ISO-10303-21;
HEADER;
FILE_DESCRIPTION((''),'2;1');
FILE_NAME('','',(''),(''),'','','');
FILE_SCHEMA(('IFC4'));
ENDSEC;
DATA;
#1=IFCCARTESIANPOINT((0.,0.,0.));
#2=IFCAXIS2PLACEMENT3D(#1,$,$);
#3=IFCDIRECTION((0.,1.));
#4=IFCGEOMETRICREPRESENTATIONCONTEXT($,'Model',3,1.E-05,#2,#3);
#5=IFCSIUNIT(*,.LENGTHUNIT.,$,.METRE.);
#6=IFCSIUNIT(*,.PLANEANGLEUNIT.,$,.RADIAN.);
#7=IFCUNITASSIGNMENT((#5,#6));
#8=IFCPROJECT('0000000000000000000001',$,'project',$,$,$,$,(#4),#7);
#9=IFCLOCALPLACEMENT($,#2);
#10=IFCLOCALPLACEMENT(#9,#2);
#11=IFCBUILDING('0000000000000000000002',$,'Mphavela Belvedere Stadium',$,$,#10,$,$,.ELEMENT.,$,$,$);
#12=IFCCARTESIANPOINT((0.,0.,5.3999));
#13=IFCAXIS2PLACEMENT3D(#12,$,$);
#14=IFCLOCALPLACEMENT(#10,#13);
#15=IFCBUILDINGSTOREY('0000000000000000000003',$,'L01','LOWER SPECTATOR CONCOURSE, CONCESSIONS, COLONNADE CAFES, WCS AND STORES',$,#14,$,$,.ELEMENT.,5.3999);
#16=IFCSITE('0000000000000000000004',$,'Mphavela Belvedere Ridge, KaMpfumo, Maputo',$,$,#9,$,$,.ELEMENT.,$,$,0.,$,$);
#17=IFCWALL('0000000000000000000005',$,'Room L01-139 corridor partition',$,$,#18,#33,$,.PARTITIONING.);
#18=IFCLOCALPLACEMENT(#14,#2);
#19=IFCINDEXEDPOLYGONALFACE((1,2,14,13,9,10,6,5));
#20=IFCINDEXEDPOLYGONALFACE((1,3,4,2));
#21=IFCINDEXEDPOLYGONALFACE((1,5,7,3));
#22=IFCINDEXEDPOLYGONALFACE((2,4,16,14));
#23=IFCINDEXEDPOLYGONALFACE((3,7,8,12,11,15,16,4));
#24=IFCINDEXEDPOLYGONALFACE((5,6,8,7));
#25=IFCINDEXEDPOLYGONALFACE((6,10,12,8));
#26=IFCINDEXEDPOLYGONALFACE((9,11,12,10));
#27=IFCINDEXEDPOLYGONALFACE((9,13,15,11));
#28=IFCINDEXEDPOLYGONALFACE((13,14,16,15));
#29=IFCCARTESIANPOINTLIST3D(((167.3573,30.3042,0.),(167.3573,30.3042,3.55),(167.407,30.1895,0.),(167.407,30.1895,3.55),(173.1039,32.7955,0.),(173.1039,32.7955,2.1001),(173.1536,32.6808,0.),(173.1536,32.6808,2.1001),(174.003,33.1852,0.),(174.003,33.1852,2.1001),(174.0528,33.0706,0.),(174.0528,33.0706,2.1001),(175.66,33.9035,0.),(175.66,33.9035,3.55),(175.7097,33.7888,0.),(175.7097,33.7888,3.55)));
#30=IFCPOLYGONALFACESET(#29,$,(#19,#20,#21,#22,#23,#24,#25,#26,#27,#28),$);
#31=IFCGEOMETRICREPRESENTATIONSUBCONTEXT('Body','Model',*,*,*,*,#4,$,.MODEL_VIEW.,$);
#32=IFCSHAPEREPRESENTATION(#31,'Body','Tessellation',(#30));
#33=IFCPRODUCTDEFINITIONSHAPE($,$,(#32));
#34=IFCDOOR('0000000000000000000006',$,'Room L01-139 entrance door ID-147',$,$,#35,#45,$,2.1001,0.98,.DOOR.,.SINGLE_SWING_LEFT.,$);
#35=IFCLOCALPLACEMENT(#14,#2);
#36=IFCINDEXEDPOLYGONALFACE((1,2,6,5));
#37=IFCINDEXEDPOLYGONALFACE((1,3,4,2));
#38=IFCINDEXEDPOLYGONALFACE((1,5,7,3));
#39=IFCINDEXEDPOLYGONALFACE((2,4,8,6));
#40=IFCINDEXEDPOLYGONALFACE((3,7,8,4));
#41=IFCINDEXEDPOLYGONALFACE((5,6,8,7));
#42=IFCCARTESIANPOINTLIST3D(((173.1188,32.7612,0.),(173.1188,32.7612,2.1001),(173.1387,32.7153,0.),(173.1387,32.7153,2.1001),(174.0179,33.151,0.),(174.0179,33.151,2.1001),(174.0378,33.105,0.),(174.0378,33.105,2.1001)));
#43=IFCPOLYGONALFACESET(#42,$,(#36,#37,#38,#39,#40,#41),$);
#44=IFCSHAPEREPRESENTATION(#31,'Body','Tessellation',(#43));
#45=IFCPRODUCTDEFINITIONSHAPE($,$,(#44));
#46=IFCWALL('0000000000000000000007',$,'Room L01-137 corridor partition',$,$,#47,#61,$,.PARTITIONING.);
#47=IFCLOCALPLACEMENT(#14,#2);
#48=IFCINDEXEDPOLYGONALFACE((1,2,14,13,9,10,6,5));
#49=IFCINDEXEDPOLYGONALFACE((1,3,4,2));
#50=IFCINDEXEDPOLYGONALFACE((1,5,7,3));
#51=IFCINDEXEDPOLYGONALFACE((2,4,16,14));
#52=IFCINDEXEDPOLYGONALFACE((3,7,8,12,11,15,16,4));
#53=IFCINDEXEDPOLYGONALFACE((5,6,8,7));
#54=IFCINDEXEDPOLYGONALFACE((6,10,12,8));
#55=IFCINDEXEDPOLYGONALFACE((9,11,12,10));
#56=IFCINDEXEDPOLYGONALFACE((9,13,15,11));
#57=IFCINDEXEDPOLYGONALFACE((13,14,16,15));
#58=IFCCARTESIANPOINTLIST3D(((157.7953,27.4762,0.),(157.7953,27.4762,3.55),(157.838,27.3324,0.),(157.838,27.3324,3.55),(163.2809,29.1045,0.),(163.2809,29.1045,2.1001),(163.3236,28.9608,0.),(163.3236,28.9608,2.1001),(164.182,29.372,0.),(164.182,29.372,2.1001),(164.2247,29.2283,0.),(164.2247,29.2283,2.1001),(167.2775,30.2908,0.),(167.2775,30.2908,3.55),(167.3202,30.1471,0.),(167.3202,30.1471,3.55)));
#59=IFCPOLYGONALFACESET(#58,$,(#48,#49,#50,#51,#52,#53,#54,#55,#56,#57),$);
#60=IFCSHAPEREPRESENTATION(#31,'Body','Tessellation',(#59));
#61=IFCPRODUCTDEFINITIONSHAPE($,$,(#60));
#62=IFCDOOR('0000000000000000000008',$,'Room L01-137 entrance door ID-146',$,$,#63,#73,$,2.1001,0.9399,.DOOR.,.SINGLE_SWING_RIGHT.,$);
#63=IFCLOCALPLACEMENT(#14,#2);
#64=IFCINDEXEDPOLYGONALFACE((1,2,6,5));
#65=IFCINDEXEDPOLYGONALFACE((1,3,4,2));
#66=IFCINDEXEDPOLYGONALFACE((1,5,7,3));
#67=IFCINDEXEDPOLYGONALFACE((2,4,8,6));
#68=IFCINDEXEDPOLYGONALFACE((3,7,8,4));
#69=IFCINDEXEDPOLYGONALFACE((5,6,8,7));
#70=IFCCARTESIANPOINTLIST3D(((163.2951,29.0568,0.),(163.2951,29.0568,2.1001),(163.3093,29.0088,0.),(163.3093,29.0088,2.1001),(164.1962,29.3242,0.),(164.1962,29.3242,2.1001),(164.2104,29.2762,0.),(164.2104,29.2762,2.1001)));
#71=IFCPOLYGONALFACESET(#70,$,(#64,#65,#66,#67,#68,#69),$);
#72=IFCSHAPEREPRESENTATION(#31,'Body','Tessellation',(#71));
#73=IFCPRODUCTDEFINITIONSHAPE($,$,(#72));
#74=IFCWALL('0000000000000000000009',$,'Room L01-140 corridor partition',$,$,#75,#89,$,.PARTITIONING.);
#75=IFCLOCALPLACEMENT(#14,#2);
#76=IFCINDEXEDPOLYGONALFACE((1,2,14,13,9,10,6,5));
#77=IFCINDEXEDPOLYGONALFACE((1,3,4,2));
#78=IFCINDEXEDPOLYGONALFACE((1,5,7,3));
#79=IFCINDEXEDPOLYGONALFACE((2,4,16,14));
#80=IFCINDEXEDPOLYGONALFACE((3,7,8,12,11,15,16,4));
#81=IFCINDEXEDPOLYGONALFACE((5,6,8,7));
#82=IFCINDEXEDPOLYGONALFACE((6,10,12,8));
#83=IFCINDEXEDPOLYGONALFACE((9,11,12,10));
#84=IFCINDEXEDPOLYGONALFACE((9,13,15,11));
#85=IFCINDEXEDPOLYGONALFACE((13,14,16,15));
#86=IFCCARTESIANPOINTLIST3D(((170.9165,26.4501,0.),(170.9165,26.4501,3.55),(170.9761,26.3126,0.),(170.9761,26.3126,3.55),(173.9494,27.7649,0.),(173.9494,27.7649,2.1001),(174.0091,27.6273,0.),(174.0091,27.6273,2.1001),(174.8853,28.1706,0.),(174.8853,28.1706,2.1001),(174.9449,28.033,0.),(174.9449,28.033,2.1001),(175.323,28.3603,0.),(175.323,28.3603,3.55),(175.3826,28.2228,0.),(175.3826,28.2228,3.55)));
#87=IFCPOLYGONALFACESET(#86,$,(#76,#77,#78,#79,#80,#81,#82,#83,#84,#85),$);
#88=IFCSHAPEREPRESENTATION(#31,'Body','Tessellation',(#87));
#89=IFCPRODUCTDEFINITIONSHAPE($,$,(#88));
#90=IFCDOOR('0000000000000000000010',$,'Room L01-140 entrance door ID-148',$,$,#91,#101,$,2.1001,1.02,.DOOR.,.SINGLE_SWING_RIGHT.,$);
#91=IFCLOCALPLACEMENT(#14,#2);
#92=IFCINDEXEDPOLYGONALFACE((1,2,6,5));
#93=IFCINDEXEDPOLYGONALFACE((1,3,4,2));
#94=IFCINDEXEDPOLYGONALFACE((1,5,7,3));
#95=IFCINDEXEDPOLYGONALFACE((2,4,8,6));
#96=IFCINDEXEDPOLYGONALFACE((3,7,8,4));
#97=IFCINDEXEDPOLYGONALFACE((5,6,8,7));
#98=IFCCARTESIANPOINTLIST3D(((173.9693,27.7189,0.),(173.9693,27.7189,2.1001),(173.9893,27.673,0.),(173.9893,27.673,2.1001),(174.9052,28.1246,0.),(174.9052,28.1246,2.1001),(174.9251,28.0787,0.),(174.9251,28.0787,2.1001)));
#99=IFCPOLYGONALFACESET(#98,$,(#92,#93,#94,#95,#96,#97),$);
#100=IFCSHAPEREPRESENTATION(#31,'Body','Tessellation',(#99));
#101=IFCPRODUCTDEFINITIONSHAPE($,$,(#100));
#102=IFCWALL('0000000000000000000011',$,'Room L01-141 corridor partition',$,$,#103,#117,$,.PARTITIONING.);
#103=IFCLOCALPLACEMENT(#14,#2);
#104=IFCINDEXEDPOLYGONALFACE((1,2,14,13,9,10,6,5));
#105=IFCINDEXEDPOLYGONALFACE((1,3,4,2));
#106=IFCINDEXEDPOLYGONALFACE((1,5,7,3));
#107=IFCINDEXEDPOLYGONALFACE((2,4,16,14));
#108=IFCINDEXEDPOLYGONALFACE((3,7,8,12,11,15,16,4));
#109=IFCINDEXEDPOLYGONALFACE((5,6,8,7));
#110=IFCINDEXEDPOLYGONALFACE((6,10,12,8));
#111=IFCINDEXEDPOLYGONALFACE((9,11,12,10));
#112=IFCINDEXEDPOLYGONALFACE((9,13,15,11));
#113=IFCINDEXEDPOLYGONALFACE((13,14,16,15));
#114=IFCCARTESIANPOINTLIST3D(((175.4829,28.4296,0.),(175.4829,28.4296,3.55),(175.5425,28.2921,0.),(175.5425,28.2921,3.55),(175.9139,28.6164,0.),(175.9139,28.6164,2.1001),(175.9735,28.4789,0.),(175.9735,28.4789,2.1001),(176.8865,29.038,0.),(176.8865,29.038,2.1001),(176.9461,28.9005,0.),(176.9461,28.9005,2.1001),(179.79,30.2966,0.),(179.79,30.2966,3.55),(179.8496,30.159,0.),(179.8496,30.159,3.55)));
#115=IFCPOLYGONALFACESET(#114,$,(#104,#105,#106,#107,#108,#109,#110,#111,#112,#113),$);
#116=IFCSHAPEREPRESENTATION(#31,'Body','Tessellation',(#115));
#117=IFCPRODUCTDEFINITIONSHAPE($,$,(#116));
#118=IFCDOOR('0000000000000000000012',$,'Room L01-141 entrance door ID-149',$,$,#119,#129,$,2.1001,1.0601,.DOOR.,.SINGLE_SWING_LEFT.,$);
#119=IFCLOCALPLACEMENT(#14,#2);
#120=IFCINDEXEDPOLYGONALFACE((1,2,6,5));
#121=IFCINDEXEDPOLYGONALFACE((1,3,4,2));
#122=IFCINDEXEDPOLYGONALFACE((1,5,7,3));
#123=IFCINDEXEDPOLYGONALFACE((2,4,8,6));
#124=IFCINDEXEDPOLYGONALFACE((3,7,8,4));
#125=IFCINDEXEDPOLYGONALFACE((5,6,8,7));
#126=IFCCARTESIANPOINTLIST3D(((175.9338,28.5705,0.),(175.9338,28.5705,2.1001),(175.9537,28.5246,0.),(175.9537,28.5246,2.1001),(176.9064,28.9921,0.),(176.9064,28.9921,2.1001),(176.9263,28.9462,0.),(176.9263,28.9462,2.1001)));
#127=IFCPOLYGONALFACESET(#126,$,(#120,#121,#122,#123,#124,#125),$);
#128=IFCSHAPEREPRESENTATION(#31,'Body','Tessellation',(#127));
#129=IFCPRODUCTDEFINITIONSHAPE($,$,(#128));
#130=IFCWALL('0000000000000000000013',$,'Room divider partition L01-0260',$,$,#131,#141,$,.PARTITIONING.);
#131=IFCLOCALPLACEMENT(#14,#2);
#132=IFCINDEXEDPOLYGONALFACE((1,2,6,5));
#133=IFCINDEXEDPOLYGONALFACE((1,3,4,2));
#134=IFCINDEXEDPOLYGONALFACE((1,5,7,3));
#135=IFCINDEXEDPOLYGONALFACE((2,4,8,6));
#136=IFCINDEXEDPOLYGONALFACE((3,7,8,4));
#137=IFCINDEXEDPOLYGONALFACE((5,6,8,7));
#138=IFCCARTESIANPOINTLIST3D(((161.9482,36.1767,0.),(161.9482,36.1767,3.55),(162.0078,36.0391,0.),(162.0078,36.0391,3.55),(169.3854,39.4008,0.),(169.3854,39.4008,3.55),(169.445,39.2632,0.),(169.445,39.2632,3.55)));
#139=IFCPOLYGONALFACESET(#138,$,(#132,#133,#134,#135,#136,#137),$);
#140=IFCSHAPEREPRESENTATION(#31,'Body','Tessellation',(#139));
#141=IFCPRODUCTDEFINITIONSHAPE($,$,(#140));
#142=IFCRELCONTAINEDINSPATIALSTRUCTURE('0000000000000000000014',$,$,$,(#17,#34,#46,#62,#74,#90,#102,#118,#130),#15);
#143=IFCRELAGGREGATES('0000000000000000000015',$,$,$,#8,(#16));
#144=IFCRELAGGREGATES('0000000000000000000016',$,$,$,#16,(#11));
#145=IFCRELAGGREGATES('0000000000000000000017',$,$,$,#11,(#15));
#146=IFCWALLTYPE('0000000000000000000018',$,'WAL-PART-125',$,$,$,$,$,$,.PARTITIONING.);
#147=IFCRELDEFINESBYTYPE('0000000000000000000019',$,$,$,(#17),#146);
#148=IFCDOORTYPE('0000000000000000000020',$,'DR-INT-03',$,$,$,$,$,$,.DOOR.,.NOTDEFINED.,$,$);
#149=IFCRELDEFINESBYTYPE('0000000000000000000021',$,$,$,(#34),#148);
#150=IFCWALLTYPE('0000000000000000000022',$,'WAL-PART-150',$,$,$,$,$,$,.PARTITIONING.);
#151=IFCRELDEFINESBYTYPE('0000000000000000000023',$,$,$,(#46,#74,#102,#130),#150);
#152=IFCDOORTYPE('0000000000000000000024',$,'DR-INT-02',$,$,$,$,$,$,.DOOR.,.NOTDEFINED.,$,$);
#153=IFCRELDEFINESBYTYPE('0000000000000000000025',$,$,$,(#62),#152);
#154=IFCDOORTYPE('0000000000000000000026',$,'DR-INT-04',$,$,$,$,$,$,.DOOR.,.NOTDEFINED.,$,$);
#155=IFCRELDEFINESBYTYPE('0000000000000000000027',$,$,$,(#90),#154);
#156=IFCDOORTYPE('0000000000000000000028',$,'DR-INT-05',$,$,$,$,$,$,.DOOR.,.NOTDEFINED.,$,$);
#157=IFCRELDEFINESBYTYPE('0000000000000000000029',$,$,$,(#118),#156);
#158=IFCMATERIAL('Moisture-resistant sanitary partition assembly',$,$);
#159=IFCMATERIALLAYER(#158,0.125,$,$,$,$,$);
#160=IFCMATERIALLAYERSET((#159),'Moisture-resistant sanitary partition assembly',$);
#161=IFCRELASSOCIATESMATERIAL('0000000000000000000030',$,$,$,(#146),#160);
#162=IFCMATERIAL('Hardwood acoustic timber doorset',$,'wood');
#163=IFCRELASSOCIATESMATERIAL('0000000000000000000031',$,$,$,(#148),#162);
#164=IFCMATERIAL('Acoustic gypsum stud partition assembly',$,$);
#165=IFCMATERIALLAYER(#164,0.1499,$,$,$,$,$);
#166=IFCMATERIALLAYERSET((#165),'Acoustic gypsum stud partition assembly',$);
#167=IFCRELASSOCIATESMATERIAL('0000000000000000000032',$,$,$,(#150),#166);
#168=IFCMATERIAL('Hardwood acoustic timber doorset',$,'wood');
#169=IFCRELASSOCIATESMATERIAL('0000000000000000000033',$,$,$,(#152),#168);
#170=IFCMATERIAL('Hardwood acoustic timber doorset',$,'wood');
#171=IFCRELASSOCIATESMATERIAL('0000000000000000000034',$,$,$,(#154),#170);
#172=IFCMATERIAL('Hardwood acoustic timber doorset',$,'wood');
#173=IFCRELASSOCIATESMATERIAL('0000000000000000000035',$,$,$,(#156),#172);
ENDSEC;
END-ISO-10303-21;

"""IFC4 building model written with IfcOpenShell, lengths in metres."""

from ifc_helpers import new_model, si_unit, direction, frame, frame_2d, origin, place, context, subcontext, project, spatial, rectangle, extrude, material, layer, layer_set, type_object, element, fill, save


model = new_model("IFC4")

# Units and contexts
model_context = context("Model", 3, precision=1e-05, world=origin(), true_north=direction((0.0, 1.0)))
body_context = subcontext(model_context, "Body", "Model", "MODEL_VIEW")
ifc_project = project(units=[si_unit("LENGTHUNIT", "METRE"), si_unit("PLANEANGLEUNIT", "RADIAN")], contexts=[model_context])

# Site, building, storey
site_placement = place(None, origin())
site = spatial("IfcSite", under=ifc_project, at=site_placement, Name="Mphavela Belvedere Ridge, KaMpfumo, Maputo", CompositionType="ELEMENT", RefElevation=0.0)
building_placement = place(site_placement, origin())
building = spatial("IfcBuilding", under=site, at=building_placement, Name="Mphavela Belvedere Stadium", CompositionType="ELEMENT")
storey_placement = place(building_placement, frame((0.0, 0.0, 5.3999)))
storey = spatial("IfcBuildingStorey", under=building, at=storey_placement, Name="L01", Description="LOWER SPECTATOR CONCOURSE, CONCESSIONS, COLONNADE CAFES, WCS AND STORES", CompositionType="ELEMENT", Elevation=5.3999)

# Walls, openings, doors
ifc_material_1 = material(Name="Moisture-resistant sanitary partition assembly")
ifc_layer_1 = layer(ifc_material_1, 0.125)
ifc_layer_set_1 = layer_set([ifc_layer_1], Name="Moisture-resistant sanitary partition assembly")
wall_type_1 = type_object("IfcWallType", Name="WAL-PART-125", PredefinedType="PARTITIONING", material=ifc_layer_set_1)
wall_1_placement = place(storey_placement, frame((175.6848, 33.8462, 0.0), z_axis=(0.0, 0.0, 1.0), x_axis=(-0.917495, -0.397748, 0.0)))
wall_1 = element("IfcWall", 1, at=wall_1_placement, inside=storey, type_object=wall_type_1, Name="Room L01-139 corridor partition", PredefinedType="PARTITIONING", context=body_context, shape_type="SweptSolid", body=[
    extrude(rectangle(XDim=9.0493, YDim=0.125, at=frame_2d((4.5247, 0.0))), origin(), (0.0, 0.0, 1.0), 3.55),
])
opening_1_placement = place(wall_1_placement, frame((1.8059, 0.0, 0.0)))
opening_1 = element("IfcOpeningElement", 2, at=opening_1_placement, cuts=wall_1, PredefinedType="OPENING", context=body_context, shape_type="SweptSolid", body=[
    extrude(rectangle(XDim=0.98, YDim=2.1001, at=frame_2d((0.49, 1.05))), frame((0.0, 0.0725, 0.0), z_axis=(0.0, -1.0, 0.0), x_axis=(1.0, 0.0, 0.0)), (0.0, 0.0, 1.0), 0.145),
])
ifc_material_2 = material(Name="Hardwood acoustic timber doorset", Category="wood")
door_type_1 = type_object("IfcDoorType", Name="DR-INT-03", OperationType="NOTDEFINED", PredefinedType="DOOR", material=ifc_material_2)
door_1_placement = place(opening_1_placement, origin())
door_1 = element("IfcDoor", 3, at=door_1_placement, inside=storey, type_object=door_type_1, Name="Room L01-139 entrance door ID-147", OperationType="SINGLE_SWING_LEFT", OverallHeight=2.1001, OverallWidth=0.98, PredefinedType="DOOR", context=body_context, shape_type="SweptSolid", body=[
    extrude(rectangle(XDim=0.98, YDim=2.1001, at=frame_2d((0.49, 1.05))), frame((0.0, 0.0249, 0.0), z_axis=(0.0, -1.0, 0.0), x_axis=(1.0, 0.0, 0.0)), (0.0, 0.0, 1.0), 0.05),
])
fill(opening_1, door_1)
ifc_material_3 = material(Name="Acoustic gypsum stud partition assembly")
ifc_layer_2 = layer(ifc_material_3, 0.1499)
ifc_layer_set_2 = layer_set([ifc_layer_2], Name="Acoustic gypsum stud partition assembly")
wall_type_2 = type_object("IfcWallType", Name="WAL-PART-150", PredefinedType="PARTITIONING", material=ifc_layer_set_2)
wall_2_placement = place(storey_placement, frame((167.2988, 30.219, 0.0), z_axis=(0.0, 0.0, 1.0), x_axis=(-0.958656, -0.284568, 0.0)))
wall_2 = element("IfcWall", 4, at=wall_2_placement, inside=storey, type_object=wall_type_2, Name="Room L01-137 corridor partition", PredefinedType="PARTITIONING", context=body_context, shape_type="SweptSolid", body=[
    extrude(rectangle(XDim=9.8911, YDim=0.1499, at=frame_2d((4.9456, 0.0))), origin(), (0.0, 0.0, 1.0), 3.55),
])
opening_2_placement = place(wall_2_placement, frame((3.229, 0.0, 0.0)))
opening_2 = element("IfcOpeningElement", 5, at=opening_2_placement, cuts=wall_2, PredefinedType="OPENING", context=body_context, shape_type="SweptSolid", body=[
    extrude(rectangle(XDim=0.9399, YDim=2.1001, at=frame_2d((0.47, 1.05))), frame((0.0, 0.085, 0.0), z_axis=(0.0, -1.0, 0.0), x_axis=(1.0, 0.0, 0.0)), (0.0, 0.0, 1.0), 0.1699),
])
ifc_material_4 = material(Name="Hardwood acoustic timber doorset", Category="wood")
door_type_2 = type_object("IfcDoorType", Name="DR-INT-02", OperationType="NOTDEFINED", PredefinedType="DOOR", material=ifc_material_4)
door_2_placement = place(opening_2_placement, origin())
door_2 = element("IfcDoor", 6, at=door_2_placement, inside=storey, type_object=door_type_2, Name="Room L01-137 entrance door ID-146", OperationType="SINGLE_SWING_RIGHT", OverallHeight=2.1001, OverallWidth=0.9399, PredefinedType="DOOR", context=body_context, shape_type="SweptSolid", body=[
    extrude(rectangle(XDim=0.9399, YDim=2.1001, at=frame_2d((0.47, 1.05))), frame((0.0, 0.0249, 0.0), z_axis=(0.0, -1.0, 0.0), x_axis=(1.0, 0.0, 0.0)), (0.0, 0.0, 1.0), 0.05),
])
fill(opening_2, door_2)
wall_3_placement = place(storey_placement, frame((170.9463, 26.3813, 0.0), z_axis=(0.0, 0.0, 1.0), x_axis=(0.917504, 0.397726, 0.0)))
wall_3 = element("IfcWall", 7, at=wall_3_placement, inside=storey, type_object=wall_type_2, Name="Room L01-140 corridor partition", PredefinedType="PARTITIONING", context=body_context, shape_type="SweptSolid", body=[
    extrude(rectangle(XDim=4.8027, YDim=0.1499, at=frame_2d((2.4014, 0.0))), origin(), (0.0, 0.0, 1.0), 3.55),
])
opening_3_placement = place(wall_3_placement, frame((3.3057, 0.0, 0.0)))
opening_3 = element("IfcOpeningElement", 8, at=opening_3_placement, cuts=wall_3, PredefinedType="OPENING", context=body_context, shape_type="SweptSolid", body=[
    extrude(rectangle(XDim=1.02, YDim=2.1001, at=frame_2d((0.51, 1.05))), frame((0.0, 0.085, 0.0), z_axis=(0.0, -1.0, 0.0), x_axis=(1.0, 0.0, 0.0)), (0.0, 0.0, 1.0), 0.1699),
])
ifc_material_5 = material(Name="Hardwood acoustic timber doorset", Category="wood")
door_type_3 = type_object("IfcDoorType", Name="DR-INT-04", OperationType="NOTDEFINED", PredefinedType="DOOR", material=ifc_material_5)
door_3_placement = place(opening_3_placement, origin())
door_3 = element("IfcDoor", 9, at=door_3_placement, inside=storey, type_object=door_type_3, Name="Room L01-140 entrance door ID-148", OperationType="SINGLE_SWING_RIGHT", OverallHeight=2.1001, OverallWidth=1.02, PredefinedType="DOOR", context=body_context, shape_type="SweptSolid", body=[
    extrude(rectangle(XDim=1.02, YDim=2.1001, at=frame_2d((0.51, 1.05))), frame((0.0, 0.0249, 0.0), z_axis=(0.0, -1.0, 0.0), x_axis=(1.0, 0.0, 0.0)), (0.0, 0.0, 1.0), 0.05),
])
fill(opening_3, door_3)
wall_4_placement = place(storey_placement, frame((175.5127, 28.3608, 0.0), z_axis=(0.0, 0.0, 1.0), x_axis=(0.917515, 0.397701, 0.0)))
wall_4 = element("IfcWall", 10, at=wall_4_placement, inside=storey, type_object=wall_type_2, Name="Room L01-141 corridor partition", PredefinedType="PARTITIONING", context=body_context, shape_type="SweptSolid", body=[
    extrude(rectangle(XDim=4.6943, YDim=0.1499, at=frame_2d((2.3472, 0.0))), origin(), (0.0, 0.0, 1.0), 3.55),
])
opening_4_placement = place(wall_4_placement, frame((0.4697, 0.0, 0.0)))
opening_4 = element("IfcOpeningElement", 11, at=opening_4_placement, cuts=wall_4, PredefinedType="OPENING", context=body_context, shape_type="SweptSolid", body=[
    extrude(rectangle(XDim=1.0601, YDim=2.1001, at=frame_2d((0.53, 1.05))), frame((0.0, 0.085, 0.0), z_axis=(0.0, -1.0, 0.0), x_axis=(1.0, 0.0, 0.0)), (0.0, 0.0, 1.0), 0.1699),
])
ifc_material_6 = material(Name="Hardwood acoustic timber doorset", Category="wood")
door_type_4 = type_object("IfcDoorType", Name="DR-INT-05", OperationType="NOTDEFINED", PredefinedType="DOOR", material=ifc_material_6)
door_4_placement = place(opening_4_placement, origin())
door_4 = element("IfcDoor", 12, at=door_4_placement, inside=storey, type_object=door_type_4, Name="Room L01-141 entrance door ID-149", OperationType="SINGLE_SWING_LEFT", OverallHeight=2.1001, OverallWidth=1.0601, PredefinedType="DOOR", context=body_context, shape_type="SweptSolid", body=[
    extrude(rectangle(XDim=1.0601, YDim=2.1001, at=frame_2d((0.53, 1.05))), frame((0.0, 0.0249, 0.0), z_axis=(0.0, -1.0, 0.0), x_axis=(1.0, 0.0, 0.0)), (0.0, 0.0, 1.0), 0.05),
])
fill(opening_4, door_4)

# Wall
wall_5_placement = place(storey_placement, frame((161.978, 36.1079, 0.0), z_axis=(0.0, 0.0, 1.0), x_axis=(0.917497, 0.397744, 0.0)))
element("IfcWall", 13, at=wall_5_placement, inside=storey, type_object=wall_type_2, Name="Room divider partition L01-0260", PredefinedType="PARTITIONING", context=body_context, shape_type="SweptSolid", body=[
    extrude(rectangle(XDim=8.106, YDim=0.1499, at=frame_2d((4.053, 0.0))), origin(), (0.0, 0.0, 1.0), 3.55),
])

save(model, "model.ifc")
